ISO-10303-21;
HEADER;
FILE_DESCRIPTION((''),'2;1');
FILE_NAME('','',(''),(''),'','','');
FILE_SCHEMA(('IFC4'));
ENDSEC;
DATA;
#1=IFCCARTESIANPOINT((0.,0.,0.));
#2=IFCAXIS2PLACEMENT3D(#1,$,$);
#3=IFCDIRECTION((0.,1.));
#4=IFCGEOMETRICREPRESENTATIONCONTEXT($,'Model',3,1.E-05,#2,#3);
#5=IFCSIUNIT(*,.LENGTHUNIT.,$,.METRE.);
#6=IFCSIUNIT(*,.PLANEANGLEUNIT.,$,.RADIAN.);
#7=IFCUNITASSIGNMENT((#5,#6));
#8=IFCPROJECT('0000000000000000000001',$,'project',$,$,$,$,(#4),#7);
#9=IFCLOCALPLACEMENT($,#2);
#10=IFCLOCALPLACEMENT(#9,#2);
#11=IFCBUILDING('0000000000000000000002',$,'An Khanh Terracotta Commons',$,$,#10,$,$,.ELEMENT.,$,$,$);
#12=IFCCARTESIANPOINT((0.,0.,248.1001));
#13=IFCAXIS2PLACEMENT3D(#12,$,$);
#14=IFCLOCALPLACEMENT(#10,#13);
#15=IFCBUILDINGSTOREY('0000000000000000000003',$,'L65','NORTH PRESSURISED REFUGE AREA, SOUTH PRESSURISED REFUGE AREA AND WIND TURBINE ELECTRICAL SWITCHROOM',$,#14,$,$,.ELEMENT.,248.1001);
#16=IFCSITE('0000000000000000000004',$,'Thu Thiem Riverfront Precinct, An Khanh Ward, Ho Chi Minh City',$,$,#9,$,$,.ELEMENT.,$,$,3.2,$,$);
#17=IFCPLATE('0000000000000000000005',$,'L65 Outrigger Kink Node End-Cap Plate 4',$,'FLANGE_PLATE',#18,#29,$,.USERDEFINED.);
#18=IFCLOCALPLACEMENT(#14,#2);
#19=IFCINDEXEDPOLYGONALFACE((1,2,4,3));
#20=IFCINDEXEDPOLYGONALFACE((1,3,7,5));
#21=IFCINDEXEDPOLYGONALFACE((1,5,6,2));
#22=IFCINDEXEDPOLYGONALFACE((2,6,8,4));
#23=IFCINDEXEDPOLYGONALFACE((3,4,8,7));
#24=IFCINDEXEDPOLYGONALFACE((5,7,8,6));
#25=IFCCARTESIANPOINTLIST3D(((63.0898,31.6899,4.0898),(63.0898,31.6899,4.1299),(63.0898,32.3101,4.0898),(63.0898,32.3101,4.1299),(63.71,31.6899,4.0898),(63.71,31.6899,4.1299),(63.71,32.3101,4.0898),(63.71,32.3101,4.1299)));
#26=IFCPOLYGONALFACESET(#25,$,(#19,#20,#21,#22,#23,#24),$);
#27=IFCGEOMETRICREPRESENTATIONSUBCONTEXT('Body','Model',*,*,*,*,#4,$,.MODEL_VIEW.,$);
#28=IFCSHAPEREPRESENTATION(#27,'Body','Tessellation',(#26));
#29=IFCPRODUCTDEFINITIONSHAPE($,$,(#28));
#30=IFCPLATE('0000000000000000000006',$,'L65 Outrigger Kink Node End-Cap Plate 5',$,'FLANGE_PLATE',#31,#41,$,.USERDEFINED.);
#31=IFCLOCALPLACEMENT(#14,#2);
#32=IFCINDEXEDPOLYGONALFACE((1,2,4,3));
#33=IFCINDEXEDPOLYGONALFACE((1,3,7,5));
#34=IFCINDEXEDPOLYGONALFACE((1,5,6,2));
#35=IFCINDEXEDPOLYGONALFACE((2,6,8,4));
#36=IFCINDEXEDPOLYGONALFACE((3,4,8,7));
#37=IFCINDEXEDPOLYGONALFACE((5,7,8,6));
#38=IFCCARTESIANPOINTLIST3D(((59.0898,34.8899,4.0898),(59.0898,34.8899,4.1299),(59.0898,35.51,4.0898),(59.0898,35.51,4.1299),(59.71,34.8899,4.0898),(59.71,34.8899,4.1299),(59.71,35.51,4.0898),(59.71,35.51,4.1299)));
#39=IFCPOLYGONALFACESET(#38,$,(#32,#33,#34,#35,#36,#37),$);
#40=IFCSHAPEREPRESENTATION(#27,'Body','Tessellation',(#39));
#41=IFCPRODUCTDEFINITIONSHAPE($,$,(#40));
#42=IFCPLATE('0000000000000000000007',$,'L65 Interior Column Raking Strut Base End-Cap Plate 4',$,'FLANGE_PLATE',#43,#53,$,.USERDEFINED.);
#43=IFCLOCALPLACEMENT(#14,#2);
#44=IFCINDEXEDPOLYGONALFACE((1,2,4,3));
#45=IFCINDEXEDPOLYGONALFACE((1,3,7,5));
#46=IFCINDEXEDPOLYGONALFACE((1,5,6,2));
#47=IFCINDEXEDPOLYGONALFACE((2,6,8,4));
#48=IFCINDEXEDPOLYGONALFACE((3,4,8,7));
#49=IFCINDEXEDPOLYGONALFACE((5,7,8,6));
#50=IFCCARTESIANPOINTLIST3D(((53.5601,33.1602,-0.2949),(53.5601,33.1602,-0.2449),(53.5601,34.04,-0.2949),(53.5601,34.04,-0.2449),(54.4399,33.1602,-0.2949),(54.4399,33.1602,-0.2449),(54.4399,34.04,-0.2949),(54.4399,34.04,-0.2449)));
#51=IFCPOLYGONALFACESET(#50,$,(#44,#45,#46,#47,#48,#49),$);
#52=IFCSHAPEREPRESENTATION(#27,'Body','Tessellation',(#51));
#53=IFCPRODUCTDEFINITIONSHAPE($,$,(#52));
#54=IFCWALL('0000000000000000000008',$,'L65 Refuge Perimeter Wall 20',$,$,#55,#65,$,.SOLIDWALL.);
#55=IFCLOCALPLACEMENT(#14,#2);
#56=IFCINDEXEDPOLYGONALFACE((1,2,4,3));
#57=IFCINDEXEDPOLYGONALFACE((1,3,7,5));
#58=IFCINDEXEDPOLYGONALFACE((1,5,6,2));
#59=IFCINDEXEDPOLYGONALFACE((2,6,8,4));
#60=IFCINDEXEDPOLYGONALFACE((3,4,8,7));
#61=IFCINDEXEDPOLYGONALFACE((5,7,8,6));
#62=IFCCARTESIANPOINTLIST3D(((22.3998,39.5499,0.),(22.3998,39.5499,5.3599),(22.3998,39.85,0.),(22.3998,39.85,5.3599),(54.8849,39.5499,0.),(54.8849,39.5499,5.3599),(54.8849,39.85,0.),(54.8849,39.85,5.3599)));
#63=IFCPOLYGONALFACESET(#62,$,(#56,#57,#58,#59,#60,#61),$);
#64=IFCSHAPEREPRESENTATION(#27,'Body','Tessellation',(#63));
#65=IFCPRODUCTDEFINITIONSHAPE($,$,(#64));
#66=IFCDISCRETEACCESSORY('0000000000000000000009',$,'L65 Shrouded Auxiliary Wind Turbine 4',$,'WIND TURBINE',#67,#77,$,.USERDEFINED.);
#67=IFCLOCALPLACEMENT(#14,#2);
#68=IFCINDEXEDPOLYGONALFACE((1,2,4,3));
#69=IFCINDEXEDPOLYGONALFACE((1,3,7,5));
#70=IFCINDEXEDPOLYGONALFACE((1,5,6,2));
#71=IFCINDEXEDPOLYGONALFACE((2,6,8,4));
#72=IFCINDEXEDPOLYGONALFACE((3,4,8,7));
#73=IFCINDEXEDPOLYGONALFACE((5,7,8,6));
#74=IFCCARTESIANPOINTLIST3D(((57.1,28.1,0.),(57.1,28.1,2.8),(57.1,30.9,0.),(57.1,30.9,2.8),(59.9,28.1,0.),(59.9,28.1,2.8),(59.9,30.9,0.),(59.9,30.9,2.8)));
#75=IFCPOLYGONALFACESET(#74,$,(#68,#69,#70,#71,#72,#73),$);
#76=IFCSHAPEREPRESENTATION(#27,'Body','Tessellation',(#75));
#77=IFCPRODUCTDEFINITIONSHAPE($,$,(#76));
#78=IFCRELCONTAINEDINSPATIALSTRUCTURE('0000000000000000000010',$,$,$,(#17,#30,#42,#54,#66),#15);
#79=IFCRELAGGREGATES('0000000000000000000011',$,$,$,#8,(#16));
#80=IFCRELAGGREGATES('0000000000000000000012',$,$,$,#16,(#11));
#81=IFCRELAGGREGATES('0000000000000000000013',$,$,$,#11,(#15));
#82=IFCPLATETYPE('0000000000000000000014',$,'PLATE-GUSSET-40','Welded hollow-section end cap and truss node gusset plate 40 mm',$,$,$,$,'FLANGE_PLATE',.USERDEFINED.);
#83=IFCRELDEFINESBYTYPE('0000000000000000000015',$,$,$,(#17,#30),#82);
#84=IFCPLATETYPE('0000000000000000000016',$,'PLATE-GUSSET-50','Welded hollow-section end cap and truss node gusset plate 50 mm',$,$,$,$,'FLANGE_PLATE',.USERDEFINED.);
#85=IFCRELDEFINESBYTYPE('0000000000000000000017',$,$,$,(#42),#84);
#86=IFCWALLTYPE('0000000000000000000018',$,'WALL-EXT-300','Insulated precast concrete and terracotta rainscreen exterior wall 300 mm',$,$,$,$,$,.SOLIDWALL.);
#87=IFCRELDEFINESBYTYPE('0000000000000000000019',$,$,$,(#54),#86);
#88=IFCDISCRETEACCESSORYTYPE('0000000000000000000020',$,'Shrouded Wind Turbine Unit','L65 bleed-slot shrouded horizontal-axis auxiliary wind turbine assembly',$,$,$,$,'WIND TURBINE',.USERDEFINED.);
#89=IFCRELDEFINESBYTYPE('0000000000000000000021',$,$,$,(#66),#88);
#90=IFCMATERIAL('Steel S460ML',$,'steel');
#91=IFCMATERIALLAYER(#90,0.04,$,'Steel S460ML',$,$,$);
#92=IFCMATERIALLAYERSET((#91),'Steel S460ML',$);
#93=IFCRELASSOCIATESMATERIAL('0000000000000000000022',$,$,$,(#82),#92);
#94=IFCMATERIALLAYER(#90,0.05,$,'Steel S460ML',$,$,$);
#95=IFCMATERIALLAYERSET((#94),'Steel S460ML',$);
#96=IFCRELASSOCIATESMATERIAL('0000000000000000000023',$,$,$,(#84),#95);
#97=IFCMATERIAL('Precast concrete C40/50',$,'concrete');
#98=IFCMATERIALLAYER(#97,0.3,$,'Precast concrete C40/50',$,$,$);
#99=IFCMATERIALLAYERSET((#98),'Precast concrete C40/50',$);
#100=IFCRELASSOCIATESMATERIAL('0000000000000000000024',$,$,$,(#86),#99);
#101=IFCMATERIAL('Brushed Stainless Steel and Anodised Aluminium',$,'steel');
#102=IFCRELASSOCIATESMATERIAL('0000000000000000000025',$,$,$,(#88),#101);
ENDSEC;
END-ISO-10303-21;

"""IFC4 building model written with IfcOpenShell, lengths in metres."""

from ifc_helpers import new_model, si_unit, direction, frame, frame_2d, origin, origin_2d, place, context, subcontext, project, spatial, rectangle, extrude, material, layer, layer_set, type_object, element, save


model = new_model("IFC4")

# Units and contexts
model_context = context("Model", 3, precision=1e-05, world=origin(), true_north=direction((0.0, 1.0)))
body_context = subcontext(model_context, "Body", "Model", "MODEL_VIEW")
ifc_project = project(units=[si_unit("LENGTHUNIT", "METRE"), si_unit("PLANEANGLEUNIT", "RADIAN")], contexts=[model_context])

# Site, building, storey
site_placement = place(None, origin())
site = spatial("IfcSite", under=ifc_project, at=site_placement, Name="Thu Thiem Riverfront Precinct, An Khanh Ward, Ho Chi Minh City", CompositionType="ELEMENT", RefElevation=3.2)
building_placement = place(site_placement, origin())
building = spatial("IfcBuilding", under=site, at=building_placement, Name="An Khanh Terracotta Commons", CompositionType="ELEMENT")
storey_placement = place(building_placement, frame((0.0, 0.0, 248.1001)))
storey = spatial("IfcBuildingStorey", under=building, at=storey_placement, Name="L65", Description="NORTH PRESSURISED REFUGE AREA, SOUTH PRESSURISED REFUGE AREA AND WIND TURBINE ELECTRICAL SWITCHROOM", CompositionType="ELEMENT", Elevation=248.1001)

# Shared definitions
ifc_material_1 = material(Name="Steel S460ML", Category="steel")

# Plates
ifc_layer_1 = layer(ifc_material_1, 0.04, Name="Steel S460ML")
ifc_layer_set_1 = layer_set([ifc_layer_1], Name="Steel S460ML")
plate_type_1 = type_object("IfcPlateType", Name="PLATE-GUSSET-40", Description="Welded hollow-section end cap and truss node gusset plate 40 mm", ElementType="FLANGE_PLATE", PredefinedType="USERDEFINED", material=ifc_layer_set_1)
for number, where, z_axis, x_axis, name in (
    (1, (63.3999, 32.0, 4.0898), (0.0, 0.0, 1.0), (1.0, 0.0, 0.0), "L65 Outrigger Kink Node End-Cap Plate 4"),
    (2, (59.3999, 35.2, 4.0898), (0.0, 0.0, 1.0), (1.0, 0.0, 0.0), "L65 Outrigger Kink Node End-Cap Plate 5"),
):
    element("IfcPlate", number, at=place(storey_placement, frame(where, z_axis=z_axis, x_axis=x_axis)), inside=storey, type_object=plate_type_1, Name=name, ObjectType="FLANGE_PLATE", PredefinedType="USERDEFINED", context=body_context, shape_type="SweptSolid", body=[
        extrude(rectangle(XDim=0.6201, YDim=0.6201, at=origin_2d()), origin(), (0.0, 0.0, 1.0), 0.04),
    ])
ifc_layer_2 = layer(ifc_material_1, 0.05, Name="Steel S460ML")
ifc_layer_set_2 = layer_set([ifc_layer_2], Name="Steel S460ML")
plate_type_2 = type_object("IfcPlateType", Name="PLATE-GUSSET-50", Description="Welded hollow-section end cap and truss node gusset plate 50 mm", ElementType="FLANGE_PLATE", PredefinedType="USERDEFINED", material=ifc_layer_set_2)
plate_placement = place(storey_placement, frame((54.0, 33.6001, -0.2949), z_axis=(0.0, 0.0, 1.0), x_axis=(1.0, 0.0, 0.0)))
element("IfcPlate", 3, at=plate_placement, inside=storey, type_object=plate_type_2, Name="L65 Interior Column Raking Strut Base End-Cap Plate 4", ObjectType="FLANGE_PLATE", PredefinedType="USERDEFINED", context=body_context, shape_type="SweptSolid", body=[
    extrude(rectangle(XDim=0.8799, YDim=0.8799, at=origin_2d()), origin(), (0.0, 0.0, 1.0), 0.05),
])

# Wall
ifc_material_2 = material(Name="Precast concrete C40/50", Category="concrete")
ifc_layer_3 = layer(ifc_material_2, 0.3, Name="Precast concrete C40/50")
ifc_layer_set_3 = layer_set([ifc_layer_3], Name="Precast concrete C40/50")
wall_type = type_object("IfcWallType", Name="WALL-EXT-300", Description="Insulated precast concrete and terracotta rainscreen exterior wall 300 mm", PredefinedType="SOLIDWALL", material=ifc_layer_set_3)
wall_placement = place(storey_placement, frame((54.885, 39.7, 0.0), z_axis=(0.0, 0.0, 1.0), x_axis=(-1.0, 0.0, 0.0)))
element("IfcWall", 4, at=wall_placement, inside=storey, type_object=wall_type, Name="L65 Refuge Perimeter Wall 20", PredefinedType="SOLIDWALL", context=body_context, shape_type="SweptSolid", body=[
    extrude(rectangle(XDim=32.4851, YDim=0.3, at=frame_2d((16.2427, 0.0))), origin(), (0.0, 0.0, 1.0), 5.3599),
])

# Discrete accessory
ifc_material_3 = material(Name="Brushed Stainless Steel and Anodised Aluminium", Category="steel")
discrete_accessory_type = type_object("IfcDiscreteAccessoryType", Name="Shrouded Wind Turbine Unit", Description="L65 bleed-slot shrouded horizontal-axis auxiliary wind turbine assembly", ElementType="WIND TURBINE", PredefinedType="USERDEFINED", material=ifc_material_3)
discrete_accessory_placement = place(storey_placement, frame((58.5, 29.5, 0.0), z_axis=(0.0, 0.0, 1.0), x_axis=(1.0, 0.0, 0.0)))
element("IfcDiscreteAccessory", 5, at=discrete_accessory_placement, inside=storey, type_object=discrete_accessory_type, Name="L65 Shrouded Auxiliary Wind Turbine 4", ObjectType="WIND TURBINE", PredefinedType="USERDEFINED", context=body_context, shape_type="SweptSolid", body=[
    extrude(rectangle(XDim=2.8, YDim=2.8, at=origin_2d()), origin(), (0.0, 0.0, 1.0), 2.8),
])

save(model, "model.ifc")
